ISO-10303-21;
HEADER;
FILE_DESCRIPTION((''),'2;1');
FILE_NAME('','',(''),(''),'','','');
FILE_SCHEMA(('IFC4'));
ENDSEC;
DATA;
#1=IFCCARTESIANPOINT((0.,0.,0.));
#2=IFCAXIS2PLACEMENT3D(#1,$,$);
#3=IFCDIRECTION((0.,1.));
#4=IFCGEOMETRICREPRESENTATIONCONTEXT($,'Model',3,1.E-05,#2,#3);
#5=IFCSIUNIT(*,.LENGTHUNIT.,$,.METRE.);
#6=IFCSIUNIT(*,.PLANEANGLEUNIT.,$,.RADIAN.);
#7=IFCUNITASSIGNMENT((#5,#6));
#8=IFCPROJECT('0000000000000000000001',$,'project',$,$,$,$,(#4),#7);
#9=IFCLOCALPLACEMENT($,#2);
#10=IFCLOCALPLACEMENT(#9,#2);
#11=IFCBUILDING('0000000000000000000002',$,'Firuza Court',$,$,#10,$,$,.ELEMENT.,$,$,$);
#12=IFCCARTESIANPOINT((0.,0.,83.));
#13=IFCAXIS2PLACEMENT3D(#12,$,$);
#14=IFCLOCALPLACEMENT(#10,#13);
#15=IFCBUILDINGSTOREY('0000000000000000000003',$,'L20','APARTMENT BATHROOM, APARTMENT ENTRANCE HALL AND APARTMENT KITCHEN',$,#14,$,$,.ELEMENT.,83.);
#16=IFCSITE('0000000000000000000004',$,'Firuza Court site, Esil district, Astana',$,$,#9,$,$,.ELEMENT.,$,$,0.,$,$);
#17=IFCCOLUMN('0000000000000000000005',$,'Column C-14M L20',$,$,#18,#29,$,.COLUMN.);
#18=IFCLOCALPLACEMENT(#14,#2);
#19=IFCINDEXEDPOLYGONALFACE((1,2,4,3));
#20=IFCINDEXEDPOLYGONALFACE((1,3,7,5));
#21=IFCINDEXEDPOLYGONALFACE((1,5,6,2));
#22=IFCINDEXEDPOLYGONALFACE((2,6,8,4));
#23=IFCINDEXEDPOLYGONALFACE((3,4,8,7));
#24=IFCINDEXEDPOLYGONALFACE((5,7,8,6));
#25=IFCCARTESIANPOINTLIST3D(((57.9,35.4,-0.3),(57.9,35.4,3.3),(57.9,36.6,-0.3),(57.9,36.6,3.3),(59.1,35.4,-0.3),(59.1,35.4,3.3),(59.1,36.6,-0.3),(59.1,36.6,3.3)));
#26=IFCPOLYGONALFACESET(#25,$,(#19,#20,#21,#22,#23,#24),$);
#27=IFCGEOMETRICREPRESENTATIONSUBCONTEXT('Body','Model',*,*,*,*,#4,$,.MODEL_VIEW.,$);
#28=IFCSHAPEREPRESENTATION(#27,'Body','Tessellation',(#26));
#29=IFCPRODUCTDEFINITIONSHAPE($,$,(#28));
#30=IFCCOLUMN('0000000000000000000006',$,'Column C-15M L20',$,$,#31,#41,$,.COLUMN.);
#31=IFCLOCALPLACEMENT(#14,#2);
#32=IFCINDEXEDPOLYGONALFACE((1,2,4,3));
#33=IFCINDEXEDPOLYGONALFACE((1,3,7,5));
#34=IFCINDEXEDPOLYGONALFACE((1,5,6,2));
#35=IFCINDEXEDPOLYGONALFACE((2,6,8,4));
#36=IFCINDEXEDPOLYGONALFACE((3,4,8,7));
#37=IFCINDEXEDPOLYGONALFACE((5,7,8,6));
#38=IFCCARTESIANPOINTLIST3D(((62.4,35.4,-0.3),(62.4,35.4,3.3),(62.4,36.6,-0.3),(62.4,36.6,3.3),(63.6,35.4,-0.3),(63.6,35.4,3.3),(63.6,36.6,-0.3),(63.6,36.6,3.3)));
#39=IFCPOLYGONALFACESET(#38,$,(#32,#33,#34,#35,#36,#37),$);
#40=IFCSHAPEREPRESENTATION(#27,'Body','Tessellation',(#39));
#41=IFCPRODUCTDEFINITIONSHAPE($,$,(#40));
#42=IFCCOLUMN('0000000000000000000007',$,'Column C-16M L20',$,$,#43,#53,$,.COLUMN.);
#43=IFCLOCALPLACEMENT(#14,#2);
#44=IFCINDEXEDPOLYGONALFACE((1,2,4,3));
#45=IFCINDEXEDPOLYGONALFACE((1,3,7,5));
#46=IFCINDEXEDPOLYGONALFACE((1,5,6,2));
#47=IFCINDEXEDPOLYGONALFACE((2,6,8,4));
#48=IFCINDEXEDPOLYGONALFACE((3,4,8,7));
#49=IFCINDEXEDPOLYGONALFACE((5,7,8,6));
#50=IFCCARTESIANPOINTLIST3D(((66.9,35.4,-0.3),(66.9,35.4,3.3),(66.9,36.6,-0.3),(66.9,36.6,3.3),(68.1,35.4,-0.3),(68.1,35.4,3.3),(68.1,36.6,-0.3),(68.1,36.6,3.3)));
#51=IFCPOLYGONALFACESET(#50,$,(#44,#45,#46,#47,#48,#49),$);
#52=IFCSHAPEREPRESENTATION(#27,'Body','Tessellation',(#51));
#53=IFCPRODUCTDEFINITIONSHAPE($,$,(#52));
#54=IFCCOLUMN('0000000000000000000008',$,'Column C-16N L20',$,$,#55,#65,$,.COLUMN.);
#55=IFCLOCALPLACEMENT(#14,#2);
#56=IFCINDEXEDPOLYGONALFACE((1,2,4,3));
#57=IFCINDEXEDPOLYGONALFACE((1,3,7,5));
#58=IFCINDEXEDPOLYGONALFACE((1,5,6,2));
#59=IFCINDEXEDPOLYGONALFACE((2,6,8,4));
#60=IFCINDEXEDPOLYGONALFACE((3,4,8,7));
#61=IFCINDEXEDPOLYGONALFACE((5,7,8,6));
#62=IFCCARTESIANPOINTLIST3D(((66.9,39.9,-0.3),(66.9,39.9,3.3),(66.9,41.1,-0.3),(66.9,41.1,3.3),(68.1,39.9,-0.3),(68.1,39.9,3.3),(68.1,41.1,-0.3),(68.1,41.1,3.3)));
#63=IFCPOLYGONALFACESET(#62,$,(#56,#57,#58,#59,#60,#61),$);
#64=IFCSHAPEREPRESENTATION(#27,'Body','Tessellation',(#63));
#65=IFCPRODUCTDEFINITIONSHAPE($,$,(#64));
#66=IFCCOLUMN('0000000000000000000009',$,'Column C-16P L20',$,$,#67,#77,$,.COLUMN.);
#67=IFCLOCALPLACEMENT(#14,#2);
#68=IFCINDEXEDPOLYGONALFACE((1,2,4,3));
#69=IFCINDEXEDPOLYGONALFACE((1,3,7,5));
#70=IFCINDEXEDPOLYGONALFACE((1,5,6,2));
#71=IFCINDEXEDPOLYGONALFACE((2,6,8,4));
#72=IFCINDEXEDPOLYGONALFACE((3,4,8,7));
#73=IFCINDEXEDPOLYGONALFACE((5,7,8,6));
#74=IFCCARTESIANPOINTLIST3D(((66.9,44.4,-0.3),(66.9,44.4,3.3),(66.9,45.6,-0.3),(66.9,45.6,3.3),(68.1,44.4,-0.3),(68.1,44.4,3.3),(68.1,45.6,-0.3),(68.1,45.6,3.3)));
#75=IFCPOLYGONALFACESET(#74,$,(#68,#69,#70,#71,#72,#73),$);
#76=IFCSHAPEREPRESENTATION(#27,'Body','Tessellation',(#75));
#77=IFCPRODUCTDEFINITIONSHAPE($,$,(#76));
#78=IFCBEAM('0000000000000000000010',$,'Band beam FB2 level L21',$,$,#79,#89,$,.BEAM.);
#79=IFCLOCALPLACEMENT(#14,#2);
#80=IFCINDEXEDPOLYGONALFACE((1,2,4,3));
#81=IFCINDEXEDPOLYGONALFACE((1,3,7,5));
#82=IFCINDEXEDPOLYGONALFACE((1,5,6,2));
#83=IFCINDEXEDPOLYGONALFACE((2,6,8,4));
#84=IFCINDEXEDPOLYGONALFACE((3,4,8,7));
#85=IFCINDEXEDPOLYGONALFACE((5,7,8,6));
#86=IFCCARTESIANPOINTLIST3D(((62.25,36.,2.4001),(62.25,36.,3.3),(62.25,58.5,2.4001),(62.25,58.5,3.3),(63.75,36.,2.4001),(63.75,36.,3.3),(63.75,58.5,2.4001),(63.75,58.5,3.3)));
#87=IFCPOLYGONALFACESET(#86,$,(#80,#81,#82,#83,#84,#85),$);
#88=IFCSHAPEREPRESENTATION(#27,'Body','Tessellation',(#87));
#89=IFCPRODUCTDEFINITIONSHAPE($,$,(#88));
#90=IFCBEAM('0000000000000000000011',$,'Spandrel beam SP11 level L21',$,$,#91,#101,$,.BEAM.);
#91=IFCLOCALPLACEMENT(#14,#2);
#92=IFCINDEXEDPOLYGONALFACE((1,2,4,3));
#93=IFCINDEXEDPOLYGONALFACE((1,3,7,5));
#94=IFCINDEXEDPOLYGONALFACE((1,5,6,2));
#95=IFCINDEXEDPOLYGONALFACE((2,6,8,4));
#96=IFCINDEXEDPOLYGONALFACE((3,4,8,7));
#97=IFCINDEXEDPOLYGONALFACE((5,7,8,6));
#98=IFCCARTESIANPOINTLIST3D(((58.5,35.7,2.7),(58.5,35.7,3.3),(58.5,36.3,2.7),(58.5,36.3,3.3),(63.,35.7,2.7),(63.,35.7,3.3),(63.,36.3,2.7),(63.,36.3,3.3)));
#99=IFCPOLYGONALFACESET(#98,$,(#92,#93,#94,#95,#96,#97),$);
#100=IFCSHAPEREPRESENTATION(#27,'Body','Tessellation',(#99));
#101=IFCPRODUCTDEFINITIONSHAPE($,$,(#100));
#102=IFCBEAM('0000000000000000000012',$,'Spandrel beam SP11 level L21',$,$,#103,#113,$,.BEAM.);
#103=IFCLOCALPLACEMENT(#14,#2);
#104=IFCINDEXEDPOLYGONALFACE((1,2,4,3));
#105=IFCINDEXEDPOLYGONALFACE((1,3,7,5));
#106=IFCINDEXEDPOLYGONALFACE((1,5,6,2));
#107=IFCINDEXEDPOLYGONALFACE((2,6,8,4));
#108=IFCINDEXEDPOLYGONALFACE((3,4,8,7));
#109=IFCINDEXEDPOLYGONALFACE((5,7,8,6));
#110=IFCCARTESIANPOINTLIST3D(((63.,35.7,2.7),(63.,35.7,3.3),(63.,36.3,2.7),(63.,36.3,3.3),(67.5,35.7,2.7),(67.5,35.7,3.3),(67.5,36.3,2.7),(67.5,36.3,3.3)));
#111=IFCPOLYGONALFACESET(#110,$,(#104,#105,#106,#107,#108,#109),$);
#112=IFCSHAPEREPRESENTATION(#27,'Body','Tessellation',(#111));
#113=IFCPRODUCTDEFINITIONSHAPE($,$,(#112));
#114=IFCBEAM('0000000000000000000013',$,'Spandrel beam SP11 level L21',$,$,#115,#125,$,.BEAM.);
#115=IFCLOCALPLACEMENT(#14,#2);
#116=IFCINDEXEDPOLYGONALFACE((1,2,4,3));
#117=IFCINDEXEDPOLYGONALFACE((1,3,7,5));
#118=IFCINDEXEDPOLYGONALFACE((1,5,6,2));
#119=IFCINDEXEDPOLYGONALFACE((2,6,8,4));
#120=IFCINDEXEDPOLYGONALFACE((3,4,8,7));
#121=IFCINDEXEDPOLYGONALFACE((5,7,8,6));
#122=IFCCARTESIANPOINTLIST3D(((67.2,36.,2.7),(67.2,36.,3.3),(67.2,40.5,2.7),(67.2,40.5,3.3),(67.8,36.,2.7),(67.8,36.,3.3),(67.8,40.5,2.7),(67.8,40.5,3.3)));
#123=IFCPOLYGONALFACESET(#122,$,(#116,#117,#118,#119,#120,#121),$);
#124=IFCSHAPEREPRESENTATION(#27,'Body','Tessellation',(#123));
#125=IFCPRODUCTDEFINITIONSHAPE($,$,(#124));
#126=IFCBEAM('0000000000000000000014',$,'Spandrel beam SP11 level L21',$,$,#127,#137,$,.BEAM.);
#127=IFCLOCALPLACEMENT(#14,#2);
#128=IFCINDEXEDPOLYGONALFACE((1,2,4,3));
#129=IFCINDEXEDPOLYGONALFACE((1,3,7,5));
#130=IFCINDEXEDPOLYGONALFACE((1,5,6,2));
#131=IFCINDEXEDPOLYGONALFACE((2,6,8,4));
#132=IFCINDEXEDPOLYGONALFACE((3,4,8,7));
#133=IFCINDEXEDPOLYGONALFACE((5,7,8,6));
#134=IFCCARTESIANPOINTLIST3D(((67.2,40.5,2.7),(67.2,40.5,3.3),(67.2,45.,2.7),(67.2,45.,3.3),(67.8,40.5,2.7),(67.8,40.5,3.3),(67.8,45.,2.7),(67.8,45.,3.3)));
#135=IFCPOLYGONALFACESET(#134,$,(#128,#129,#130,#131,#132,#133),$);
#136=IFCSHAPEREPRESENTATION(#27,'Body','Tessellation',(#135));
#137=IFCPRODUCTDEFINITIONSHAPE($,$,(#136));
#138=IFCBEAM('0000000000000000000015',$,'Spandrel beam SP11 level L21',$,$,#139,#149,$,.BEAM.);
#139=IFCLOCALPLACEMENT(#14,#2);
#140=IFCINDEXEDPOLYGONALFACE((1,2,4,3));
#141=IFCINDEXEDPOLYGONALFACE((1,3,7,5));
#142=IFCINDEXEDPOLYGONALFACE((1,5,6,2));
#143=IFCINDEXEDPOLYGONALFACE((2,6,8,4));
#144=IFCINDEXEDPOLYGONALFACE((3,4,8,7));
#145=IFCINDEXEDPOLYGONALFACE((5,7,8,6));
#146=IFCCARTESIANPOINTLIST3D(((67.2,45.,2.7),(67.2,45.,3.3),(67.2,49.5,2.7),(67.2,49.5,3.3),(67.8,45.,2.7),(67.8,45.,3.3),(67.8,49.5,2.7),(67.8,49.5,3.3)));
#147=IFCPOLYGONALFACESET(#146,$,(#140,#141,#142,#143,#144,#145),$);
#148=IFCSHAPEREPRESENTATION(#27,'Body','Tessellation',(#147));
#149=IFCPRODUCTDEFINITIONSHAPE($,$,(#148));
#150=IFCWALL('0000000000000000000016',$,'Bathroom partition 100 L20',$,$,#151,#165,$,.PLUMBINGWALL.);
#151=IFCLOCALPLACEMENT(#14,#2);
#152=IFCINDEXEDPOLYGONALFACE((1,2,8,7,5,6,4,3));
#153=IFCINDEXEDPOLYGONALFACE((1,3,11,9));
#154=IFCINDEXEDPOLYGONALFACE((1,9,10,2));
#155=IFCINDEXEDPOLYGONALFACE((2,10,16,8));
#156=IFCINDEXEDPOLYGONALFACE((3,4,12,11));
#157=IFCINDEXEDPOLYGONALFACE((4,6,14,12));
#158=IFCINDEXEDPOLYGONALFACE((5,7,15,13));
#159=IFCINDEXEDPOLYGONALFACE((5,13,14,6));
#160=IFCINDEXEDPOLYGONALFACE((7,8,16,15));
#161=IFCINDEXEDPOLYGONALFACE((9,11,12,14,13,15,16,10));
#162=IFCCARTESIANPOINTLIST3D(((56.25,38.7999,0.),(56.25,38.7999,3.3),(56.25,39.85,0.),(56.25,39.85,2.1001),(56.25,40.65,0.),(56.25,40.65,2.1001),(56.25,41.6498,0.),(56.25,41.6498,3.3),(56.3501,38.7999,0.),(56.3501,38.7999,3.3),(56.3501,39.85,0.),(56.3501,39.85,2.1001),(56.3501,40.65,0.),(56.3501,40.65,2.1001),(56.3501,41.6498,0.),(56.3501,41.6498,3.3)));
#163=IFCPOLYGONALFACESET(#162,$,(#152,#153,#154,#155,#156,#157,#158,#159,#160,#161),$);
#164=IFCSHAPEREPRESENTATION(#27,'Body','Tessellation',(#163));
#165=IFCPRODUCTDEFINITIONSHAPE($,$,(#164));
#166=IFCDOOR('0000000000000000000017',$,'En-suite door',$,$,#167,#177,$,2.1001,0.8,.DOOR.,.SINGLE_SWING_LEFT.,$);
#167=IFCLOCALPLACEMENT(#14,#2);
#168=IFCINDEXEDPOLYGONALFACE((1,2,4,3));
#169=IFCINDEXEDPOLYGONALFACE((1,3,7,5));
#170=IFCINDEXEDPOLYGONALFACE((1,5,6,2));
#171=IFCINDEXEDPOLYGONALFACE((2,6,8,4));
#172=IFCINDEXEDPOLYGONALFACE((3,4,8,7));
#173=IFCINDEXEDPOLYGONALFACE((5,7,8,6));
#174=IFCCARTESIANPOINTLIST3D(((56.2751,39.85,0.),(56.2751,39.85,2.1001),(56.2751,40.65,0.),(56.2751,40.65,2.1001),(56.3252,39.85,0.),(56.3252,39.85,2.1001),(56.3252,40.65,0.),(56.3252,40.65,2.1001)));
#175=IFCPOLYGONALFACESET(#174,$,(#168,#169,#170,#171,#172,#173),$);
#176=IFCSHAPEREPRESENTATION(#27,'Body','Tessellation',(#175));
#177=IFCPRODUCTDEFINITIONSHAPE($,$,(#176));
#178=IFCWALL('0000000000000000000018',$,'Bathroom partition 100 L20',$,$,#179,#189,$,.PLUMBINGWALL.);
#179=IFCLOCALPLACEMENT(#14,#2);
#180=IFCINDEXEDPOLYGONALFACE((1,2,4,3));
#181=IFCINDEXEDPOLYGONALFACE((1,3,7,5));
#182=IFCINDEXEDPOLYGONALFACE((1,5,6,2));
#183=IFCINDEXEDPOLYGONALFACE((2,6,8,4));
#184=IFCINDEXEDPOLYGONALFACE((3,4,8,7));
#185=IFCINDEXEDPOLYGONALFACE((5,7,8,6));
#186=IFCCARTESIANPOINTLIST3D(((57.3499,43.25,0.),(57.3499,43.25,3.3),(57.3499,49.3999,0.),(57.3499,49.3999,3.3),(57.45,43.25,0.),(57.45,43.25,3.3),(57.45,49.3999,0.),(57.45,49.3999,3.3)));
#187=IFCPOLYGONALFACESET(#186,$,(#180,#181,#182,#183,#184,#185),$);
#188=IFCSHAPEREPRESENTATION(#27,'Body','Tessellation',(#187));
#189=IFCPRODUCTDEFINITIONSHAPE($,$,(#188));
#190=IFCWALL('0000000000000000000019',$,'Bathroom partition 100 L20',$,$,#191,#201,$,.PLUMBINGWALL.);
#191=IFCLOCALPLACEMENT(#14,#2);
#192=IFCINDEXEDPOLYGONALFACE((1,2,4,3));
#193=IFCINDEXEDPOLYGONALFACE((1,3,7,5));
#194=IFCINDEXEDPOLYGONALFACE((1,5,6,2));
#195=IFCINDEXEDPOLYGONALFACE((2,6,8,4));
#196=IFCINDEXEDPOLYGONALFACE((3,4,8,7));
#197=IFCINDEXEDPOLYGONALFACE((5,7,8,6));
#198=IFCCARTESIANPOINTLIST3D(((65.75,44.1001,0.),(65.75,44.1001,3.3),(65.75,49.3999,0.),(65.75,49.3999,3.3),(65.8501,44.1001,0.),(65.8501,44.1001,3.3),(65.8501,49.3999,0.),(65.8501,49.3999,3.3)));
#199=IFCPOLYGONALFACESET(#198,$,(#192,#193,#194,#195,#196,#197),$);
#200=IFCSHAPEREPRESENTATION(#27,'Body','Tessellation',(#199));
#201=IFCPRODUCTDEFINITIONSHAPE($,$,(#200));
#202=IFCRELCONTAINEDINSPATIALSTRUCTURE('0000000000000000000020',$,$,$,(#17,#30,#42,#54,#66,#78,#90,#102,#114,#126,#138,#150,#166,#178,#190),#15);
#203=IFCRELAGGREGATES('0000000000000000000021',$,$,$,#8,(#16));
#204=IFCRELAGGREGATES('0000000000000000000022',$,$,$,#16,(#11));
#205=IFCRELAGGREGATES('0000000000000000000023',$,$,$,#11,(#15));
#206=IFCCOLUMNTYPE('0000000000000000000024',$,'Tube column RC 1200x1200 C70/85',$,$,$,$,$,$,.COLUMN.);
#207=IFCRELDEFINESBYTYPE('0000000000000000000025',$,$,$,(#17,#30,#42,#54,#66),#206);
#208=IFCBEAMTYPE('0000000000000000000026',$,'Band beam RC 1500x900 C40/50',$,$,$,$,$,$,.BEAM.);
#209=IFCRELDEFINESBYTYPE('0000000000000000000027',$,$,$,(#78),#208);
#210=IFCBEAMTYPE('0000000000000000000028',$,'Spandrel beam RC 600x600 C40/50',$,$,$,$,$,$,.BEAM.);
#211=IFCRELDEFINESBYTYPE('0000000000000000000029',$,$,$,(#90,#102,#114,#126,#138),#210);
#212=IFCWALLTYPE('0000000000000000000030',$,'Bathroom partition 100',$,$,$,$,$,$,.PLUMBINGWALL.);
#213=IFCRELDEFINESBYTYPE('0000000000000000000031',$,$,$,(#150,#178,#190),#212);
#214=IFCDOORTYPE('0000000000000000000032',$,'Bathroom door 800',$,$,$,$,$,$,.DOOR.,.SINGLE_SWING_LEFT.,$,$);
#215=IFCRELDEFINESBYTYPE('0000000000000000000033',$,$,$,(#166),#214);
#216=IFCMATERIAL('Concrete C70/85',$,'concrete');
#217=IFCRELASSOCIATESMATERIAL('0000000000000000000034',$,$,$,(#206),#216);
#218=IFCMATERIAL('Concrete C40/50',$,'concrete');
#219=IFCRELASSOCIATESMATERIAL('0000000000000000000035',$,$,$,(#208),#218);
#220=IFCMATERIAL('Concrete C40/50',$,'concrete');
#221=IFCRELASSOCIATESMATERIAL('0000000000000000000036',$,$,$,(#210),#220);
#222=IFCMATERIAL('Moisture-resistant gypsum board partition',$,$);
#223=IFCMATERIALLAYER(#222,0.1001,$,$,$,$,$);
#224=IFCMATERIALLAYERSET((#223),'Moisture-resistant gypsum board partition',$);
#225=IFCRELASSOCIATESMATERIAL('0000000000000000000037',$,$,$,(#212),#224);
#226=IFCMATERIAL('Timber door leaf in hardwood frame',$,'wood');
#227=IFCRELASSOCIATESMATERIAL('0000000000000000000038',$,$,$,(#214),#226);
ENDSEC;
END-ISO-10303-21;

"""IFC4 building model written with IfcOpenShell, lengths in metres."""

from ifc_helpers import new_model, si_unit, direction, frame, frame_2d, origin, origin_2d, place, context, subcontext, project, spatial, rectangle, extrude, material, layer, layer_set, material_profile, profile_set, type_object, element, fill, save


model = new_model("IFC4")

# Units and contexts
model_context = context("Model", 3, precision=1e-05, world=origin(), true_north=direction((0.0, 1.0)))
body_context = subcontext(model_context, "Body", "Model", "MODEL_VIEW")
ifc_project = project(units=[si_unit("LENGTHUNIT", "METRE"), si_unit("PLANEANGLEUNIT", "RADIAN")], contexts=[model_context])

# Site, building, storey
site_placement = place(None, origin())
site = spatial("IfcSite", under=ifc_project, at=site_placement, Name="Firuza Court site, Esil district, Astana", CompositionType="ELEMENT", RefElevation=0.0)
building_placement = place(site_placement, origin())
building = spatial("IfcBuilding", under=site, at=building_placement, Name="Firuza Court", CompositionType="ELEMENT")
storey_placement = place(building_placement, frame((0.0, 0.0, 83.0)))
storey = spatial("IfcBuildingStorey", under=building, at=storey_placement, Name="L20", Description="APARTMENT BATHROOM, APARTMENT ENTRANCE HALL AND APARTMENT KITCHEN", CompositionType="ELEMENT", Elevation=83.0)

# Columns
ifc_material_1 = material(Name="Concrete C70/85", Category="concrete")
ifc_material_profile_1 = material_profile(ifc_material_1, rectangle(XDim=1.2, YDim=1.2, at=origin_2d()), Name="RC 1200x1200")
ifc_profile_set_1 = profile_set([ifc_material_profile_1], Name="Concrete C70/85")
column_type = type_object("IfcColumnType", Name="Tube column RC 1200x1200 C70/85", PredefinedType="COLUMN", material=ifc_profile_set_1)
for number, where, z_axis, x_axis, name in (
    (1, (58.5, 36.0, -0.3), (0.0, 0.0, 1.0), (1.0, 0.0, 0.0), "Column C-14M L20"),
    (2, (63.0, 36.0, -0.3), (0.0, 0.0, 1.0), (1.0, 0.0, 0.0), "Column C-15M L20"),
    (3, (67.5, 36.0, -0.3), (0.0, 0.0, 1.0), (1.0, 0.0, 0.0), "Column C-16M L20"),
    (4, (67.5, 40.5, -0.3), (0.0, 0.0, 1.0), (1.0, 0.0, 0.0), "Column C-16N L20"),
    (5, (67.5, 45.0, -0.3), (0.0, 0.0, 1.0), (1.0, 0.0, 0.0), "Column C-16P L20"),
):
    element("IfcColumn", number, at=place(storey_placement, frame(where, z_axis=z_axis, x_axis=x_axis)), inside=storey, type_object=column_type, Name=name, PredefinedType="COLUMN", context=body_context, shape_type="SweptSolid", body=[
        extrude(rectangle(XDim=1.2, YDim=1.2, at=origin_2d()), origin(), (0.0, 0.0, 1.0), 3.6001),
    ])

# Beams
ifc_material_2 = material(Name="Concrete C40/50", Category="concrete")
ifc_material_profile_2 = material_profile(ifc_material_2, rectangle(XDim=1.5, YDim=0.8999, at=origin_2d()), Name="RC 1500x900")
ifc_profile_set_2 = profile_set([ifc_material_profile_2], Name="Concrete C40/50")
beam_type_1 = type_object("IfcBeamType", Name="Band beam RC 1500x900 C40/50", PredefinedType="BEAM", material=ifc_profile_set_2)
beam_placement = place(storey_placement, frame((63.0, 36.0, 2.8501), z_axis=(0.0, 1.0, 0.0), x_axis=(-1.0, 0.0, 0.0)))
element("IfcBeam", 6, at=beam_placement, inside=storey, type_object=beam_type_1, Name="Band beam FB2 level L21", PredefinedType="BEAM", context=body_context, shape_type="SweptSolid", body=[
    extrude(rectangle(XDim=1.5, YDim=0.8999, at=origin_2d()), origin(), (0.0, 0.0, 1.0), 22.5),
])
ifc_material_3 = material(Name="Concrete C40/50", Category="concrete")
ifc_material_profile_3 = material_profile(ifc_material_3, rectangle(XDim=0.6001, YDim=0.6001, at=origin_2d()), Name="RC 600x600")
ifc_profile_set_3 = profile_set([ifc_material_profile_3], Name="Concrete C40/50")
beam_type_2 = type_object("IfcBeamType", Name="Spandrel beam RC 600x600 C40/50", PredefinedType="BEAM", material=ifc_profile_set_3)
for number, where, z_axis, x_axis, name in (
    (7, (58.5, 36.0, 3.0), (1.0, 0.0, 0.0), (0.0, 1.0, 0.0), "Spandrel beam SP11 level L21"),
    (8, (63.0, 36.0, 3.0), (1.0, 0.0, 0.0), (0.0, 1.0, 0.0), "Spandrel beam SP11 level L21"),
    (9, (67.5, 36.0, 3.0), (0.0, 1.0, 0.0), (-1.0, 0.0, 0.0), "Spandrel beam SP11 level L21"),
    (10, (67.5, 40.5, 3.0), (0.0, 1.0, 0.0), (-1.0, 0.0, 0.0), "Spandrel beam SP11 level L21"),
    (11, (67.5, 45.0, 3.0), (0.0, 1.0, 0.0), (-1.0, 0.0, 0.0), "Spandrel beam SP11 level L21"),
):
    element("IfcBeam", number, at=place(storey_placement, frame(where, z_axis=z_axis, x_axis=x_axis)), inside=storey, type_object=beam_type_2, Name=name, PredefinedType="BEAM", context=body_context, shape_type="SweptSolid", body=[
        extrude(rectangle(XDim=0.6001, YDim=0.6001, at=origin_2d()), origin(), (0.0, 0.0, 1.0), 4.5),
    ])

# Wall, opening, door
ifc_material_4 = material(Name="Moisture-resistant gypsum board partition")
ifc_layer_1 = layer(ifc_material_4, 0.1001)
ifc_layer_set_1 = layer_set([ifc_layer_1], Name="Moisture-resistant gypsum board partition")
wall_type_1 = type_object("IfcWallType", Name="Bathroom partition 100", PredefinedType="PLUMBINGWALL", material=ifc_layer_set_1)
wall_1_placement = place(storey_placement, frame((56.3, 38.8, 0.0), z_axis=(0.0, 0.0, 1.0), x_axis=(0.0, 1.0, 0.0)))
wall_1 = element("IfcWall", 12, at=wall_1_placement, inside=storey, type_object=wall_type_1, Name="Bathroom partition 100 L20", PredefinedType="PLUMBINGWALL", context=body_context, shape_type="SweptSolid", body=[
    extrude(rectangle(XDim=2.8499, YDim=0.1001, at=frame_2d((1.4248, 0.0))), origin(), (0.0, 0.0, 1.0), 3.3),
])
opening_1_placement = place(wall_1_placement, frame((1.05, 0.0, 0.0)))
opening_1 = element("IfcOpeningElement", 13, at=opening_1_placement, cuts=wall_1, PredefinedType="OPENING", context=body_context, shape_type="SweptSolid", body=[
    extrude(rectangle(XDim=0.8, YDim=2.1001, at=frame_2d((0.3999, 1.05))), frame((0.0, 0.062, 0.0), z_axis=(0.0, -1.0, 0.0), x_axis=(1.0, 0.0, 0.0)), (0.0, 0.0, 1.0), 0.124),
])
ifc_material_5 = material(Name="Timber door leaf in hardwood frame", Category="wood")
door_type_1 = type_object("IfcDoorType", Name="Bathroom door 800", OperationType="SINGLE_SWING_LEFT", PredefinedType="DOOR", material=ifc_material_5)
door_1_placement = place(opening_1_placement, origin())
door_1 = element("IfcDoor", 14, at=door_1_placement, inside=storey, type_object=door_type_1, Name="En-suite door", OperationType="SINGLE_SWING_LEFT", OverallHeight=2.1001, OverallWidth=0.8, PredefinedType="DOOR", context=body_context, shape_type="SweptSolid", body=[
    extrude(rectangle(XDim=0.8, YDim=2.1001, at=frame_2d((0.3999, 1.05))), frame((0.0, 0.0249, 0.0), z_axis=(0.0, -1.0, 0.0), x_axis=(1.0, 0.0, 0.0)), (0.0, 0.0, 1.0), 0.05),
])
fill(opening_1, door_1)

# Walls
wall_2_placement = place(storey_placement, frame((57.3999, 43.25, 0.0), z_axis=(0.0, 0.0, 1.0), x_axis=(0.0, 1.0, 0.0)))
element("IfcWall", 15, at=wall_2_placement, inside=storey, type_object=wall_type_1, Name="Bathroom partition 100 L20", PredefinedType="PLUMBINGWALL", context=body_context, shape_type="SweptSolid", body=[
    extrude(rectangle(XDim=6.1499, YDim=0.1001, at=frame_2d((3.075, 0.0))), origin(), (0.0, 0.0, 1.0), 3.3),
])
wall_3_placement = place(storey_placement, frame((65.8, 44.1001, 0.0), z_axis=(0.0, 0.0, 1.0), x_axis=(0.0, 1.0, 0.0)))
element("IfcWall", 16, at=wall_3_placement, inside=storey, type_object=wall_type_1, Name="Bathroom partition 100 L20", PredefinedType="PLUMBINGWALL", context=body_context, shape_type="SweptSolid", body=[
    extrude(rectangle(XDim=5.2998, YDim=0.1001, at=frame_2d((2.6499, 0.0))), origin(), (0.0, 0.0, 1.0), 3.3),
])

save(model, "model.ifc")
